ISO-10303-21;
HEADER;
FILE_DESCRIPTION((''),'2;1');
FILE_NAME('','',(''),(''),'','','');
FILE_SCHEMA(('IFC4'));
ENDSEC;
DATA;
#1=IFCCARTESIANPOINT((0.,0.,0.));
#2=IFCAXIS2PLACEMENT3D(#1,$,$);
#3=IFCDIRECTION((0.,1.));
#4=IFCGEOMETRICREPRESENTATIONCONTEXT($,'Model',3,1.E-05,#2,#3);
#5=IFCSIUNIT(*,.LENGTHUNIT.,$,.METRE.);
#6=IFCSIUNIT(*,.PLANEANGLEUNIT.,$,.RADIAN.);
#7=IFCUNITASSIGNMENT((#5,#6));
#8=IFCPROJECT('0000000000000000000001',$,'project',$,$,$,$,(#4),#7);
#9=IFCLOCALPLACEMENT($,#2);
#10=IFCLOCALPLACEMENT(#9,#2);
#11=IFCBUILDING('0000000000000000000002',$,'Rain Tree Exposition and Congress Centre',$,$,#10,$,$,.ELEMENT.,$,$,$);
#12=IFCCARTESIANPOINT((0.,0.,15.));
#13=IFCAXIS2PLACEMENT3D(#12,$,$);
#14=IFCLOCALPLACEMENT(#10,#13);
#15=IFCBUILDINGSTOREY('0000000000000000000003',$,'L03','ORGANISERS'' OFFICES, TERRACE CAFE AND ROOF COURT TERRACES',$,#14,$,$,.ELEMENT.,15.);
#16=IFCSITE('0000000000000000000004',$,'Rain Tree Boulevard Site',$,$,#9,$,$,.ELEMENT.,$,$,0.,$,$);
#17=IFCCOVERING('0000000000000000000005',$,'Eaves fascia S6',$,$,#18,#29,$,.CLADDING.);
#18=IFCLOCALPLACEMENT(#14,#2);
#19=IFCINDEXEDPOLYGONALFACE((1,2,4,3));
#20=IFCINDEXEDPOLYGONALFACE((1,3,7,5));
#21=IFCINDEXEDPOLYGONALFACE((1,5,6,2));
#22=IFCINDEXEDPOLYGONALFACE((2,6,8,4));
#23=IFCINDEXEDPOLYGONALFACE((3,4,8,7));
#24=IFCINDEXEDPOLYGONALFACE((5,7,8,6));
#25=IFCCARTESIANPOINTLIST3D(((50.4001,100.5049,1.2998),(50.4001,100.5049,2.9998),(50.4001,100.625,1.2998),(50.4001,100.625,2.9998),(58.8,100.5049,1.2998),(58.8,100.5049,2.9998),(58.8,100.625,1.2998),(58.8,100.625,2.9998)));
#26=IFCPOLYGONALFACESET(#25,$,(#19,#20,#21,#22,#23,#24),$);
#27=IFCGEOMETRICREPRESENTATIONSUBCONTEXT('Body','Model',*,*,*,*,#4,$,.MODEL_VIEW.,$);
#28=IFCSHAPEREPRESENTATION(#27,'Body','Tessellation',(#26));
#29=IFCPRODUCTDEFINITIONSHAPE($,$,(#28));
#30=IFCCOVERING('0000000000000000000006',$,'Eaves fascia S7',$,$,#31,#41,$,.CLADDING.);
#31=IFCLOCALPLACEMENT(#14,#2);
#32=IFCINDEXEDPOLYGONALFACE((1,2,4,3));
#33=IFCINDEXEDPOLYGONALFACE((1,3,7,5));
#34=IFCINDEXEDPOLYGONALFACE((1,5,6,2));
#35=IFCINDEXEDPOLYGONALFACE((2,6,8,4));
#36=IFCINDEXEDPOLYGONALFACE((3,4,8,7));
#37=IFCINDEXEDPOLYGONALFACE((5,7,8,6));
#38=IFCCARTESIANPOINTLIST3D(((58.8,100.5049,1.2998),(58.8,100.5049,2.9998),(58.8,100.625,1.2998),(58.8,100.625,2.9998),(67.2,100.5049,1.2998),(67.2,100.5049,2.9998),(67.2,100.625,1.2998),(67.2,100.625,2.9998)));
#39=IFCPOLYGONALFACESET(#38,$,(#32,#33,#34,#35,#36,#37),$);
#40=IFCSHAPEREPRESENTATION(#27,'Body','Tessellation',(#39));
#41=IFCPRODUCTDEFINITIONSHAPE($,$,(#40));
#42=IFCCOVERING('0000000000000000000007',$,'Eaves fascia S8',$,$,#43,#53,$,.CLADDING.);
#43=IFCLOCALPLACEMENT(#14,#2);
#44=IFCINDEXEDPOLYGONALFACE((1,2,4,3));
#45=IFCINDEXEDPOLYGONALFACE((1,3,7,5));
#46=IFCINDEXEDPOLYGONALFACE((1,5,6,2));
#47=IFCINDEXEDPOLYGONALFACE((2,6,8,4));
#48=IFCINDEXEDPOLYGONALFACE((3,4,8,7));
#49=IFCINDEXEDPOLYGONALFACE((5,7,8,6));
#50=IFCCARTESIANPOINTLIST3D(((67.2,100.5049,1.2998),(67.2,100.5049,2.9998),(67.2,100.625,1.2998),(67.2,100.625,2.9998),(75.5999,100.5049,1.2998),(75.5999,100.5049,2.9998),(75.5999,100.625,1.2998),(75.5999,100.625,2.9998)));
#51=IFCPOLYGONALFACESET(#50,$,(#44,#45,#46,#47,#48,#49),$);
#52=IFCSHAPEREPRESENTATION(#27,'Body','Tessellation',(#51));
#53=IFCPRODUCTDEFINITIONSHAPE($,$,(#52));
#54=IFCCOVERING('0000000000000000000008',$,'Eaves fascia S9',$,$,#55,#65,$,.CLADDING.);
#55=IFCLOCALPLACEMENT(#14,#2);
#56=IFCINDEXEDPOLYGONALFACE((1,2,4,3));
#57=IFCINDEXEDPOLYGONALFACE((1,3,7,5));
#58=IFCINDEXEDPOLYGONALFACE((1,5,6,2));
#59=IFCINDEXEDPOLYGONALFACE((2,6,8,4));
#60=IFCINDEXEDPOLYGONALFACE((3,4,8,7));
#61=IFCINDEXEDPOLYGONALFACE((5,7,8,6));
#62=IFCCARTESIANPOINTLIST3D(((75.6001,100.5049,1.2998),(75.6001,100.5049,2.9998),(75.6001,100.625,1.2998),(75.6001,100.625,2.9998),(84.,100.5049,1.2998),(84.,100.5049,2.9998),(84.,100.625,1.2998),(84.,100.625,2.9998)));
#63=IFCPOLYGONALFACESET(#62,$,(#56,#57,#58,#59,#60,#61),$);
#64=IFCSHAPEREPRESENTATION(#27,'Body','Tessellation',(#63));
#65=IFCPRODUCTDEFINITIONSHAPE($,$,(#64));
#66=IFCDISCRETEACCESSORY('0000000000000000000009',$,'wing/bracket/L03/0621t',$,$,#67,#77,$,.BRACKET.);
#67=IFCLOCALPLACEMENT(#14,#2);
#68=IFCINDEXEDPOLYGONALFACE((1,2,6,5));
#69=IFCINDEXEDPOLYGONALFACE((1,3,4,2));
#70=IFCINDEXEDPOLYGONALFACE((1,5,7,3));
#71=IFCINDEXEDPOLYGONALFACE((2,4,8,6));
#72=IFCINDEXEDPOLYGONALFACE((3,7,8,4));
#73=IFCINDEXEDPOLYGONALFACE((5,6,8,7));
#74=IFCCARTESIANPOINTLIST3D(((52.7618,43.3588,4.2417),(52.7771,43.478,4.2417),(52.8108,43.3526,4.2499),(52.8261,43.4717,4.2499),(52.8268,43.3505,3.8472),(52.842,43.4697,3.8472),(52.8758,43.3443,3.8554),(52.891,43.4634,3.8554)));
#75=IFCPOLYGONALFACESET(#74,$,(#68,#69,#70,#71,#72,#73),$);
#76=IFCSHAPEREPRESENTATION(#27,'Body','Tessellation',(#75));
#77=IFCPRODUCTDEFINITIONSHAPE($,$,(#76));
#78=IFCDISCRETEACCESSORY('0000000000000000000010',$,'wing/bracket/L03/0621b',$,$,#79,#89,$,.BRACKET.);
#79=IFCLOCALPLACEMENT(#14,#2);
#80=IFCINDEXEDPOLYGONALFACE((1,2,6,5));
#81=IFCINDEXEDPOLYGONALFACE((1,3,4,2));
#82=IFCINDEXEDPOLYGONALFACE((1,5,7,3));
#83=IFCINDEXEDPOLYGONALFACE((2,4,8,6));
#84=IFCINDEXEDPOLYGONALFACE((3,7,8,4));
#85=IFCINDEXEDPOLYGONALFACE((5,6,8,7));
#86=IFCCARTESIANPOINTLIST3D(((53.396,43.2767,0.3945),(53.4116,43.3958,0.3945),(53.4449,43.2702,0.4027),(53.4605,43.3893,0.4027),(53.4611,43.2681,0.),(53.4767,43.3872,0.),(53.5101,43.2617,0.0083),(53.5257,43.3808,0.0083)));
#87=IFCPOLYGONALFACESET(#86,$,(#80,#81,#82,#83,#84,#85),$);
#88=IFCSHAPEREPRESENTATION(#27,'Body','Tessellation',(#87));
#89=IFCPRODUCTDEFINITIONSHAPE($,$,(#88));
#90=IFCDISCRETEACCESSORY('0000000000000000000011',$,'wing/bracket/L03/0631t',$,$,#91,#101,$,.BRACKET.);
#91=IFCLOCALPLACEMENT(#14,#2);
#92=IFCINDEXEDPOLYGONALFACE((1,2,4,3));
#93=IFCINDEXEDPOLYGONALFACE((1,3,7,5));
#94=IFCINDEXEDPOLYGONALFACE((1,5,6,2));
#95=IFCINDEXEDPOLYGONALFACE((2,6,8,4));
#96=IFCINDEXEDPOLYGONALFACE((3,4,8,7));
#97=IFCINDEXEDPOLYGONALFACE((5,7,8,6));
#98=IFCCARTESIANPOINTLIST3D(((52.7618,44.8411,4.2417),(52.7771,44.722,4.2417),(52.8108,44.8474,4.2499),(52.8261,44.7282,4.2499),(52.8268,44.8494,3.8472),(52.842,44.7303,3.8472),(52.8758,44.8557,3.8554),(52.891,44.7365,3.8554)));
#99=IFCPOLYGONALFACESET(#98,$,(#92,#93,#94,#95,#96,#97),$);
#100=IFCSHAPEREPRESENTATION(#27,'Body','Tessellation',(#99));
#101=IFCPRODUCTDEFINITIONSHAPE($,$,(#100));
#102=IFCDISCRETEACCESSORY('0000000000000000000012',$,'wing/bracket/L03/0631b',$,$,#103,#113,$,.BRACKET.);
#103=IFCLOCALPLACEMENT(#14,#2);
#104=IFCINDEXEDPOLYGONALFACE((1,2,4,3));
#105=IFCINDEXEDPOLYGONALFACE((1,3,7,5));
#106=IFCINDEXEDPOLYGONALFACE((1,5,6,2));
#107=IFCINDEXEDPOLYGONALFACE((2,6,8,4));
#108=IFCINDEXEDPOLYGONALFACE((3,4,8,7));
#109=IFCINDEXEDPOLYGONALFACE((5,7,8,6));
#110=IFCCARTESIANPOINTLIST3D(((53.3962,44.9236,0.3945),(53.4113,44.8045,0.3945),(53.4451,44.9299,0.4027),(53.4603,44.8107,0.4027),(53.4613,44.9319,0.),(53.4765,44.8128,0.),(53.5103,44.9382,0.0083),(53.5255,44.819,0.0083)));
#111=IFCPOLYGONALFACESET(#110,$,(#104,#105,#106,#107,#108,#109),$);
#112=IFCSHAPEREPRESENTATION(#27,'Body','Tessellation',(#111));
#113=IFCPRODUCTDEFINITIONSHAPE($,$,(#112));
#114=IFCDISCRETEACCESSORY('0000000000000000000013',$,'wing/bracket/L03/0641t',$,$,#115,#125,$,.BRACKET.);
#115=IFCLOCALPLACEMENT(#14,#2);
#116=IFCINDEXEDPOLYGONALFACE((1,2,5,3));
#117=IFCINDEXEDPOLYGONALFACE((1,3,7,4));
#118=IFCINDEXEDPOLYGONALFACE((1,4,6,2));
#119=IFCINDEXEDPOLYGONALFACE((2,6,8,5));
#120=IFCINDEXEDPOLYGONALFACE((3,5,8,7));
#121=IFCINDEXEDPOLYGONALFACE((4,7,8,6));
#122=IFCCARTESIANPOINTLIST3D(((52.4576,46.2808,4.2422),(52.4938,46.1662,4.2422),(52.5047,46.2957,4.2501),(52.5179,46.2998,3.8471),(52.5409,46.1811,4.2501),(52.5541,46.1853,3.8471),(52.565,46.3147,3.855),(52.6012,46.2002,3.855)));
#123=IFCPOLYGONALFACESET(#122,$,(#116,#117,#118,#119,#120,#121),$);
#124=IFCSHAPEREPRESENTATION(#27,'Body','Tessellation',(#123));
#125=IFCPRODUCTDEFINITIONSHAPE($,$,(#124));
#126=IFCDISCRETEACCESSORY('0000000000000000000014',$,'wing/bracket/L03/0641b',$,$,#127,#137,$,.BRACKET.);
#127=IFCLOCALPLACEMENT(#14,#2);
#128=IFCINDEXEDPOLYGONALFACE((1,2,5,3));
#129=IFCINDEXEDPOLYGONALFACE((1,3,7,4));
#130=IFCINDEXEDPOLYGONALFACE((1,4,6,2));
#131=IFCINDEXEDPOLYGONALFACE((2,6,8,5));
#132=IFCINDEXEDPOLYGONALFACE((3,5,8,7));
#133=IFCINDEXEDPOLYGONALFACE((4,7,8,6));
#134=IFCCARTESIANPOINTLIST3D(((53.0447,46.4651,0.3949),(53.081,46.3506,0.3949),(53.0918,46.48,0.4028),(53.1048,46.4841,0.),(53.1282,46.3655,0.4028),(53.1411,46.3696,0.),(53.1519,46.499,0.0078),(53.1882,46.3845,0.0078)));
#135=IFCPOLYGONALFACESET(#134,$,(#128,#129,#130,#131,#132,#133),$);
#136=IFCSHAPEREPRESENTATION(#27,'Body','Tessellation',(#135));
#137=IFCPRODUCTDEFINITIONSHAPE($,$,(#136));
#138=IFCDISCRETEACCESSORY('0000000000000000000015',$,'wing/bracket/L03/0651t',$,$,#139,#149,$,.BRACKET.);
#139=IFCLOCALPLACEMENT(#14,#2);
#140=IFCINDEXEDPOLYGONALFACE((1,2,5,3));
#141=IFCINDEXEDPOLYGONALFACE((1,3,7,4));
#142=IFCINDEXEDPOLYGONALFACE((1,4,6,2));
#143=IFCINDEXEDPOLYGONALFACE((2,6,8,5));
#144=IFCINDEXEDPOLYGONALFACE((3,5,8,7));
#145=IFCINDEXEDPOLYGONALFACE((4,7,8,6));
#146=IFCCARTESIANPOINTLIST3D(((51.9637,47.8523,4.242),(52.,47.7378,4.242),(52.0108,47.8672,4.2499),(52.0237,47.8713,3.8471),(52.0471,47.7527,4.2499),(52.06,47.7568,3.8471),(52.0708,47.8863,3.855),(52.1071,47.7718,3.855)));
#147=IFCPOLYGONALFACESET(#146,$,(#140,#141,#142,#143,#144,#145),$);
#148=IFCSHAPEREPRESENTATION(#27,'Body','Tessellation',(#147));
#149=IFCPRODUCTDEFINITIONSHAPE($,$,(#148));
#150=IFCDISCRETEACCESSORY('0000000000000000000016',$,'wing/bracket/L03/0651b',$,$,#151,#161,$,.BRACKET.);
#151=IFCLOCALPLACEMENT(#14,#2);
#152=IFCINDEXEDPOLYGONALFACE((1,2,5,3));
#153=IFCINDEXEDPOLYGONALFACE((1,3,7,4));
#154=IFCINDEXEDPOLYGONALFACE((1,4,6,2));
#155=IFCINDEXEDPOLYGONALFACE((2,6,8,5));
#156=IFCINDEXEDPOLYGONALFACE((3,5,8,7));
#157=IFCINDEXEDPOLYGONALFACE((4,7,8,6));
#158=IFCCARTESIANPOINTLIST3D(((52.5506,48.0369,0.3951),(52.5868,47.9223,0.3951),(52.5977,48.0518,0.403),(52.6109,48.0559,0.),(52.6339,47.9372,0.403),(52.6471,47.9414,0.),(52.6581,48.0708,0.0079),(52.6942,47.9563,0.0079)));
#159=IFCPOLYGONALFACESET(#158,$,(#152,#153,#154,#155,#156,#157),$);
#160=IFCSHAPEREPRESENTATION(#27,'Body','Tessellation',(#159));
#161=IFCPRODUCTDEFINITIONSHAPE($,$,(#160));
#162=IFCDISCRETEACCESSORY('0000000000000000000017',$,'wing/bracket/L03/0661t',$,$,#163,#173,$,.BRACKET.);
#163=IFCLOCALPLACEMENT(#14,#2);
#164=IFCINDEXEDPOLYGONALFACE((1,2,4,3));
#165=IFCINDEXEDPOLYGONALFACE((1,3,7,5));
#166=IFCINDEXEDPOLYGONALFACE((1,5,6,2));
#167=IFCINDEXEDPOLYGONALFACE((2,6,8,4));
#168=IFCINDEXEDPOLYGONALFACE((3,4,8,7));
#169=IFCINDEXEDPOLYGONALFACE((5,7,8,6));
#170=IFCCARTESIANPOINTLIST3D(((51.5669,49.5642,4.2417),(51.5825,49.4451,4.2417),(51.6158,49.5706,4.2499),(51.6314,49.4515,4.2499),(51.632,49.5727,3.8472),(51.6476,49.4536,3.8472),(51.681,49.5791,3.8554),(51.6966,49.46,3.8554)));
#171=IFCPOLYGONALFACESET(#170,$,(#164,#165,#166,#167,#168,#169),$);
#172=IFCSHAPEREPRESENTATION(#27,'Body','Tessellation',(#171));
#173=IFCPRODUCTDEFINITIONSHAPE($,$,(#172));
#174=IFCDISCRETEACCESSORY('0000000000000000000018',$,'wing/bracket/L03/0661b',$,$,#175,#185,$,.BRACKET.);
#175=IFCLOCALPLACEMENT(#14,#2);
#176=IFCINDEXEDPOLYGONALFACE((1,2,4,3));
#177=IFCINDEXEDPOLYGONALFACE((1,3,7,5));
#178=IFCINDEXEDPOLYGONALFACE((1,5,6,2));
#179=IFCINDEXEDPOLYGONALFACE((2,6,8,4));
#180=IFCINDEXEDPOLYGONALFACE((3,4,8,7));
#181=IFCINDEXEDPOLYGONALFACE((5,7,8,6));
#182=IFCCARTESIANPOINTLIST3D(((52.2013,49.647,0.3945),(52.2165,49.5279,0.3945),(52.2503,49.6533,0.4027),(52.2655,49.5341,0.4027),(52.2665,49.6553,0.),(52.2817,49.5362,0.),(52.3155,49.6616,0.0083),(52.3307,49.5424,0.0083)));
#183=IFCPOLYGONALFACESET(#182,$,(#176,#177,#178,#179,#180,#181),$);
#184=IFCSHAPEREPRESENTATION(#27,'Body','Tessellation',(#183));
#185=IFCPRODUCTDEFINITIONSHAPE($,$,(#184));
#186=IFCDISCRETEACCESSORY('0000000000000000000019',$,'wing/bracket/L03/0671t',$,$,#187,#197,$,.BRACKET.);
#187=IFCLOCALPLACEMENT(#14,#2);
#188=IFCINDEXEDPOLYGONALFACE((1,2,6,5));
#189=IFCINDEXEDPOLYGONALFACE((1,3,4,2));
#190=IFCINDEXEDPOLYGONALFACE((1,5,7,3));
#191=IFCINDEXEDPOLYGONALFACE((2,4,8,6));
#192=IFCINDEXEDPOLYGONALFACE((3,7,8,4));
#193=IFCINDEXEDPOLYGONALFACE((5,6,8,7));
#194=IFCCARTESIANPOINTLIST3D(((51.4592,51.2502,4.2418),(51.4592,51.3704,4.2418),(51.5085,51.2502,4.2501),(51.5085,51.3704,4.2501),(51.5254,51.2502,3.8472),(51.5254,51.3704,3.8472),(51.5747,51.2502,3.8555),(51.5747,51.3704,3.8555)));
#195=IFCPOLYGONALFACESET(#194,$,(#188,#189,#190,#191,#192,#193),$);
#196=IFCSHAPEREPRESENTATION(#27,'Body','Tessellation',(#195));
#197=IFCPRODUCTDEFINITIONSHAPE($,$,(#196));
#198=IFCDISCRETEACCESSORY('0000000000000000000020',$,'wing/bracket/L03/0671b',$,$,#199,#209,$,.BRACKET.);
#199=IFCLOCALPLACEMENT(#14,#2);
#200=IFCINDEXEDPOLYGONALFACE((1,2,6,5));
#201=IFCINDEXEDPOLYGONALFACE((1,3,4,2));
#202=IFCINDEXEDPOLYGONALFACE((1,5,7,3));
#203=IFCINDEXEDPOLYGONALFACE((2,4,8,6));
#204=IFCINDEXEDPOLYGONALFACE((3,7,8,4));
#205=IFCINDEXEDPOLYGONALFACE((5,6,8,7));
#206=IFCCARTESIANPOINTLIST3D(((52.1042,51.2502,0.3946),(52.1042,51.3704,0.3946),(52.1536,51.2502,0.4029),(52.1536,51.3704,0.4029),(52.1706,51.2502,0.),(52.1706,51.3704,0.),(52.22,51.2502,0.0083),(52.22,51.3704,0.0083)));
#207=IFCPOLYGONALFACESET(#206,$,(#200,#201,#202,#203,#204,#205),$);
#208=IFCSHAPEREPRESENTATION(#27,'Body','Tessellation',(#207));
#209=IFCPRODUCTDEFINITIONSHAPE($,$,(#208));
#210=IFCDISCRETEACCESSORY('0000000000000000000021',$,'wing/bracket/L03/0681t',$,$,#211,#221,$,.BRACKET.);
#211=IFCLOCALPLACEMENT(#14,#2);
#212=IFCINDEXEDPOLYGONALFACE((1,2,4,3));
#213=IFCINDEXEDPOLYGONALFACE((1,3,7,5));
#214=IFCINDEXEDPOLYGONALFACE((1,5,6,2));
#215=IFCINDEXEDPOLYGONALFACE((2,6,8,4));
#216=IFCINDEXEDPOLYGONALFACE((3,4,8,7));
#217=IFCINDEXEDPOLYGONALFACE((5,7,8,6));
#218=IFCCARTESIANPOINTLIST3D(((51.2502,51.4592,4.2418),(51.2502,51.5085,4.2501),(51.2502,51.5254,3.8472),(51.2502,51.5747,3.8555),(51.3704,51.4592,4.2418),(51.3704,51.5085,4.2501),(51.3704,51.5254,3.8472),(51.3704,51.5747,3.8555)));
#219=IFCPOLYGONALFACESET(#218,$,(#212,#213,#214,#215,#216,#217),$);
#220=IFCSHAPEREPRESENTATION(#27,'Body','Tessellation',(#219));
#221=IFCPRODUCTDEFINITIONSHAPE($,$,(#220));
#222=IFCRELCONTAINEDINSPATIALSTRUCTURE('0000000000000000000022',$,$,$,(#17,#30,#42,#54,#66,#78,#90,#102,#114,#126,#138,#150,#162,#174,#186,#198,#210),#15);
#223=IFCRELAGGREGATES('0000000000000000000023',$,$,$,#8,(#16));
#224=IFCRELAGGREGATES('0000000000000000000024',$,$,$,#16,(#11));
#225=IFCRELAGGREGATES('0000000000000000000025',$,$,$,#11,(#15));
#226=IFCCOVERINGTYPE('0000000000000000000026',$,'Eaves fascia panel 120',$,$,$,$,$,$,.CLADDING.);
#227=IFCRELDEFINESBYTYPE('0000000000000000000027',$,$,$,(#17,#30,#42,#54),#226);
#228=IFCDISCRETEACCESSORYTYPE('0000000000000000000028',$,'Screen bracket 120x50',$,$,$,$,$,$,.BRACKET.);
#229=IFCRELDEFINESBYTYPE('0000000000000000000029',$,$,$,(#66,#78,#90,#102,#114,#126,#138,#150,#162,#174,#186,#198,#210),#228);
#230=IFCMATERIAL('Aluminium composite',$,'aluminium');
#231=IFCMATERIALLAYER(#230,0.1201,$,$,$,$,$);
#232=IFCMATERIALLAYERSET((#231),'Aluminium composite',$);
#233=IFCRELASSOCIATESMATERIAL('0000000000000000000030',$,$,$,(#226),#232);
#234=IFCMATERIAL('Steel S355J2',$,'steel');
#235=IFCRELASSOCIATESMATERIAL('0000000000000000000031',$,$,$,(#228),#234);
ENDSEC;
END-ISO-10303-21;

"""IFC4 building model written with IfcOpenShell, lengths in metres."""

from ifc_helpers import new_model, si_unit, direction, frame, origin, origin_2d, place, context, subcontext, project, spatial, rectangle, extrude, material, layer, layer_set, material_profile, profile_set, type_object, element, save


model = new_model("IFC4")

# Units and contexts
model_context = context("Model", 3, precision=1e-05, world=origin(), true_north=direction((0.0, 1.0)))
body_context = subcontext(model_context, "Body", "Model", "MODEL_VIEW")
ifc_project = project(units=[si_unit("LENGTHUNIT", "METRE"), si_unit("PLANEANGLEUNIT", "RADIAN")], contexts=[model_context])

# Site, building, storey
site_placement = place(None, origin())
site = spatial("IfcSite", under=ifc_project, at=site_placement, Name="Rain Tree Boulevard Site", CompositionType="ELEMENT", RefElevation=0.0)
building_placement = place(site_placement, origin())
building = spatial("IfcBuilding", under=site, at=building_placement, Name="Rain Tree Exposition and Congress Centre", CompositionType="ELEMENT")
storey_placement = place(building_placement, frame((0.0, 0.0, 15.0)))
storey = spatial("IfcBuildingStorey", under=building, at=storey_placement, Name="L03", Description="ORGANISERS' OFFICES, TERRACE CAFE AND ROOF COURT TERRACES", CompositionType="ELEMENT", Elevation=15.0)

# Coverings
ifc_material_1 = material(Name="Aluminium composite", Category="aluminium")
ifc_layer_1 = layer(ifc_material_1, 0.1201)
ifc_layer_set_1 = layer_set([ifc_layer_1], Name="Aluminium composite")
covering_type_1 = type_object("IfcCoveringType", Name="Eaves fascia panel 120", PredefinedType="CLADDING", material=ifc_layer_set_1)
for number, where, z_axis, x_axis, name in (
    (1, (54.6001, 100.5649, 1.2998), (0.0, 0.0, 1.0), (1.0, 0.0, 0.0), "Eaves fascia S6"),
    (2, (63.0, 100.5649, 1.2998), (0.0, 0.0, 1.0), (1.0, 0.0, 0.0), "Eaves fascia S7"),
    (3, (71.3999, 100.5649, 1.2998), (0.0, 0.0, 1.0), (1.0, 0.0, 0.0), "Eaves fascia S8"),
    (4, (79.8, 100.5649, 1.2998), (0.0, 0.0, 1.0), (1.0, 0.0, 0.0), "Eaves fascia S9"),
):
    element("IfcCovering", number, at=place(storey_placement, frame(where, z_axis=z_axis, x_axis=x_axis)), inside=storey, type_object=covering_type_1, Name=name, PredefinedType="CLADDING", context=body_context, shape_type="SweptSolid", body=[
        extrude(rectangle(XDim=8.3999, YDim=0.1201, at=origin_2d()), origin(), (0.0, 0.0, 1.0), 1.7),
    ])

# Discrete accessories
ifc_material_2 = material(Name="Steel S355J2", Category="steel")
ifc_material_profile = material_profile(ifc_material_2, rectangle(XDim=0.1201, YDim=0.05, at=origin_2d()), Name="Flat bar 120x50")
ifc_profile_set = profile_set([ifc_material_profile], Name="Steel S355J2")
discrete_accessory_type = type_object("IfcDiscreteAccessoryType", Name="Screen bracket 120x50", PredefinedType="BRACKET", material=ifc_profile_set)
for number, where, z_axis, x_axis, name in (
    (5, (52.8589, 43.407, 3.8513), (-0.162383, 0.020756, 0.986509), (-0.126788, -0.99193, 0.0), "wing/bracket/L03/0621t"),
    (6, (53.4934, 43.3245, 0.0042), (-0.162976, 0.021364, 0.986399), (-0.129974, -0.991517, 0.0), "wing/bracket/L03/0621b"),
    (7, (52.8589, 44.793, 3.8513), (-0.162383, -0.020756, 0.986509), (0.126788, -0.99193, 0.0), "wing/bracket/L03/0631t"),
    (8, (53.4934, 44.8755, 0.0042), (-0.162978, -0.020754, 0.986411), (0.126321, -0.991989, 0.0), "wing/bracket/L03/0631b"),
):
    element("IfcDiscreteAccessory", number, at=place(storey_placement, frame(where, z_axis=z_axis, x_axis=x_axis)), inside=storey, type_object=discrete_accessory_type, Name=name, PredefinedType="BRACKET", context=body_context, shape_type="SweptSolid", body=[
        extrude(rectangle(XDim=0.1201, YDim=0.05, at=origin_2d()), origin(), (0.0, 0.0, 1.0), 0.3999),
    ])
discrete_accessory_1_placement = place(storey_placement, frame((52.5596, 46.25, 3.8511), z_axis=(-0.150738, -0.047602, 0.987427), x_axis=(0.301131, -0.953583, 0.0)))
element("IfcDiscreteAccessory", 9, at=discrete_accessory_1_placement, inside=storey, type_object=discrete_accessory_type, Name="wing/bracket/L03/0641t", PredefinedType="BRACKET", context=body_context, shape_type="SweptSolid", body=[
    extrude(rectangle(XDim=0.1201, YDim=0.05, at=origin_2d()), origin(), (0.0, 0.0, 1.0), 0.4001),
])
for number, where, z_axis, x_axis, name in (
    (10, (53.1465, 46.4343, 0.0039), (-0.150142, -0.047606, 0.987518), (0.302244, -0.953231, 0.0), "wing/bracket/L03/0641b"),
    (11, (52.0654, 47.8215, 3.8511), (-0.150142, -0.047606, 0.987518), (0.302244, -0.953231, 0.0), "wing/bracket/L03/0651t"),
):
    element("IfcDiscreteAccessory", number, at=place(storey_placement, frame(where, z_axis=z_axis, x_axis=x_axis)), inside=storey, type_object=discrete_accessory_type, Name=name, PredefinedType="BRACKET", context=body_context, shape_type="SweptSolid", body=[
        extrude(rectangle(XDim=0.1201, YDim=0.05, at=origin_2d()), origin(), (0.0, 0.0, 1.0), 0.3999),
    ])
discrete_accessory_2_placement = place(storey_placement, frame((52.6526, 48.0061, 0.0039), z_axis=(-0.150738, -0.047602, 0.987427), x_axis=(0.301131, -0.953583, 0.0)))
element("IfcDiscreteAccessory", 12, at=discrete_accessory_2_placement, inside=storey, type_object=discrete_accessory_type, Name="wing/bracket/L03/0651b", PredefinedType="BRACKET", context=body_context, shape_type="SweptSolid", body=[
    extrude(rectangle(XDim=0.1201, YDim=0.05, at=origin_2d()), origin(), (0.0, 0.0, 1.0), 0.4001),
])
for number, where, z_axis, x_axis, name in (
    (13, (51.6643, 49.5164, 3.8513), (-0.162976, -0.021364, 0.986399), (0.129974, -0.991517, 0.0), "wing/bracket/L03/0661t"),
    (14, (52.2986, 49.5989, 0.0042), (-0.162978, -0.020754, 0.986411), (0.126321, -0.991989, 0.0), "wing/bracket/L03/0661b"),
):
    element("IfcDiscreteAccessory", number, at=place(storey_placement, frame(where, z_axis=z_axis, x_axis=x_axis)), inside=storey, type_object=discrete_accessory_type, Name=name, PredefinedType="BRACKET", context=body_context, shape_type="SweptSolid", body=[
        extrude(rectangle(XDim=0.1201, YDim=0.05, at=origin_2d()), origin(), (0.0, 0.0, 1.0), 0.3999),
    ])
for number, where, z_axis, x_axis, name in (
    (15, (51.55, 51.3103, 3.8513), (-0.165389, 0.0, 0.986228), (0.0, -1.0, 0.0), "wing/bracket/L03/0671t"),
    (16, (52.1953, 51.3103, 0.0042), (-0.165982, 0.0, 0.986129), (0.0, -1.0, 0.0), "wing/bracket/L03/0671b"),
    (17, (51.3103, 51.55, 3.8513), (0.0, -0.165389, 0.986228), (1.0, 0.0, 0.0), "wing/bracket/L03/0681t"),
):
    element("IfcDiscreteAccessory", number, at=place(storey_placement, frame(where, z_axis=z_axis, x_axis=x_axis)), inside=storey, type_object=discrete_accessory_type, Name=name, PredefinedType="BRACKET", context=body_context, shape_type="SweptSolid", body=[
        extrude(rectangle(XDim=0.1201, YDim=0.05, at=origin_2d()), origin(), (0.0, 0.0, 1.0), 0.4001),
    ])

save(model, "model.ifc")
